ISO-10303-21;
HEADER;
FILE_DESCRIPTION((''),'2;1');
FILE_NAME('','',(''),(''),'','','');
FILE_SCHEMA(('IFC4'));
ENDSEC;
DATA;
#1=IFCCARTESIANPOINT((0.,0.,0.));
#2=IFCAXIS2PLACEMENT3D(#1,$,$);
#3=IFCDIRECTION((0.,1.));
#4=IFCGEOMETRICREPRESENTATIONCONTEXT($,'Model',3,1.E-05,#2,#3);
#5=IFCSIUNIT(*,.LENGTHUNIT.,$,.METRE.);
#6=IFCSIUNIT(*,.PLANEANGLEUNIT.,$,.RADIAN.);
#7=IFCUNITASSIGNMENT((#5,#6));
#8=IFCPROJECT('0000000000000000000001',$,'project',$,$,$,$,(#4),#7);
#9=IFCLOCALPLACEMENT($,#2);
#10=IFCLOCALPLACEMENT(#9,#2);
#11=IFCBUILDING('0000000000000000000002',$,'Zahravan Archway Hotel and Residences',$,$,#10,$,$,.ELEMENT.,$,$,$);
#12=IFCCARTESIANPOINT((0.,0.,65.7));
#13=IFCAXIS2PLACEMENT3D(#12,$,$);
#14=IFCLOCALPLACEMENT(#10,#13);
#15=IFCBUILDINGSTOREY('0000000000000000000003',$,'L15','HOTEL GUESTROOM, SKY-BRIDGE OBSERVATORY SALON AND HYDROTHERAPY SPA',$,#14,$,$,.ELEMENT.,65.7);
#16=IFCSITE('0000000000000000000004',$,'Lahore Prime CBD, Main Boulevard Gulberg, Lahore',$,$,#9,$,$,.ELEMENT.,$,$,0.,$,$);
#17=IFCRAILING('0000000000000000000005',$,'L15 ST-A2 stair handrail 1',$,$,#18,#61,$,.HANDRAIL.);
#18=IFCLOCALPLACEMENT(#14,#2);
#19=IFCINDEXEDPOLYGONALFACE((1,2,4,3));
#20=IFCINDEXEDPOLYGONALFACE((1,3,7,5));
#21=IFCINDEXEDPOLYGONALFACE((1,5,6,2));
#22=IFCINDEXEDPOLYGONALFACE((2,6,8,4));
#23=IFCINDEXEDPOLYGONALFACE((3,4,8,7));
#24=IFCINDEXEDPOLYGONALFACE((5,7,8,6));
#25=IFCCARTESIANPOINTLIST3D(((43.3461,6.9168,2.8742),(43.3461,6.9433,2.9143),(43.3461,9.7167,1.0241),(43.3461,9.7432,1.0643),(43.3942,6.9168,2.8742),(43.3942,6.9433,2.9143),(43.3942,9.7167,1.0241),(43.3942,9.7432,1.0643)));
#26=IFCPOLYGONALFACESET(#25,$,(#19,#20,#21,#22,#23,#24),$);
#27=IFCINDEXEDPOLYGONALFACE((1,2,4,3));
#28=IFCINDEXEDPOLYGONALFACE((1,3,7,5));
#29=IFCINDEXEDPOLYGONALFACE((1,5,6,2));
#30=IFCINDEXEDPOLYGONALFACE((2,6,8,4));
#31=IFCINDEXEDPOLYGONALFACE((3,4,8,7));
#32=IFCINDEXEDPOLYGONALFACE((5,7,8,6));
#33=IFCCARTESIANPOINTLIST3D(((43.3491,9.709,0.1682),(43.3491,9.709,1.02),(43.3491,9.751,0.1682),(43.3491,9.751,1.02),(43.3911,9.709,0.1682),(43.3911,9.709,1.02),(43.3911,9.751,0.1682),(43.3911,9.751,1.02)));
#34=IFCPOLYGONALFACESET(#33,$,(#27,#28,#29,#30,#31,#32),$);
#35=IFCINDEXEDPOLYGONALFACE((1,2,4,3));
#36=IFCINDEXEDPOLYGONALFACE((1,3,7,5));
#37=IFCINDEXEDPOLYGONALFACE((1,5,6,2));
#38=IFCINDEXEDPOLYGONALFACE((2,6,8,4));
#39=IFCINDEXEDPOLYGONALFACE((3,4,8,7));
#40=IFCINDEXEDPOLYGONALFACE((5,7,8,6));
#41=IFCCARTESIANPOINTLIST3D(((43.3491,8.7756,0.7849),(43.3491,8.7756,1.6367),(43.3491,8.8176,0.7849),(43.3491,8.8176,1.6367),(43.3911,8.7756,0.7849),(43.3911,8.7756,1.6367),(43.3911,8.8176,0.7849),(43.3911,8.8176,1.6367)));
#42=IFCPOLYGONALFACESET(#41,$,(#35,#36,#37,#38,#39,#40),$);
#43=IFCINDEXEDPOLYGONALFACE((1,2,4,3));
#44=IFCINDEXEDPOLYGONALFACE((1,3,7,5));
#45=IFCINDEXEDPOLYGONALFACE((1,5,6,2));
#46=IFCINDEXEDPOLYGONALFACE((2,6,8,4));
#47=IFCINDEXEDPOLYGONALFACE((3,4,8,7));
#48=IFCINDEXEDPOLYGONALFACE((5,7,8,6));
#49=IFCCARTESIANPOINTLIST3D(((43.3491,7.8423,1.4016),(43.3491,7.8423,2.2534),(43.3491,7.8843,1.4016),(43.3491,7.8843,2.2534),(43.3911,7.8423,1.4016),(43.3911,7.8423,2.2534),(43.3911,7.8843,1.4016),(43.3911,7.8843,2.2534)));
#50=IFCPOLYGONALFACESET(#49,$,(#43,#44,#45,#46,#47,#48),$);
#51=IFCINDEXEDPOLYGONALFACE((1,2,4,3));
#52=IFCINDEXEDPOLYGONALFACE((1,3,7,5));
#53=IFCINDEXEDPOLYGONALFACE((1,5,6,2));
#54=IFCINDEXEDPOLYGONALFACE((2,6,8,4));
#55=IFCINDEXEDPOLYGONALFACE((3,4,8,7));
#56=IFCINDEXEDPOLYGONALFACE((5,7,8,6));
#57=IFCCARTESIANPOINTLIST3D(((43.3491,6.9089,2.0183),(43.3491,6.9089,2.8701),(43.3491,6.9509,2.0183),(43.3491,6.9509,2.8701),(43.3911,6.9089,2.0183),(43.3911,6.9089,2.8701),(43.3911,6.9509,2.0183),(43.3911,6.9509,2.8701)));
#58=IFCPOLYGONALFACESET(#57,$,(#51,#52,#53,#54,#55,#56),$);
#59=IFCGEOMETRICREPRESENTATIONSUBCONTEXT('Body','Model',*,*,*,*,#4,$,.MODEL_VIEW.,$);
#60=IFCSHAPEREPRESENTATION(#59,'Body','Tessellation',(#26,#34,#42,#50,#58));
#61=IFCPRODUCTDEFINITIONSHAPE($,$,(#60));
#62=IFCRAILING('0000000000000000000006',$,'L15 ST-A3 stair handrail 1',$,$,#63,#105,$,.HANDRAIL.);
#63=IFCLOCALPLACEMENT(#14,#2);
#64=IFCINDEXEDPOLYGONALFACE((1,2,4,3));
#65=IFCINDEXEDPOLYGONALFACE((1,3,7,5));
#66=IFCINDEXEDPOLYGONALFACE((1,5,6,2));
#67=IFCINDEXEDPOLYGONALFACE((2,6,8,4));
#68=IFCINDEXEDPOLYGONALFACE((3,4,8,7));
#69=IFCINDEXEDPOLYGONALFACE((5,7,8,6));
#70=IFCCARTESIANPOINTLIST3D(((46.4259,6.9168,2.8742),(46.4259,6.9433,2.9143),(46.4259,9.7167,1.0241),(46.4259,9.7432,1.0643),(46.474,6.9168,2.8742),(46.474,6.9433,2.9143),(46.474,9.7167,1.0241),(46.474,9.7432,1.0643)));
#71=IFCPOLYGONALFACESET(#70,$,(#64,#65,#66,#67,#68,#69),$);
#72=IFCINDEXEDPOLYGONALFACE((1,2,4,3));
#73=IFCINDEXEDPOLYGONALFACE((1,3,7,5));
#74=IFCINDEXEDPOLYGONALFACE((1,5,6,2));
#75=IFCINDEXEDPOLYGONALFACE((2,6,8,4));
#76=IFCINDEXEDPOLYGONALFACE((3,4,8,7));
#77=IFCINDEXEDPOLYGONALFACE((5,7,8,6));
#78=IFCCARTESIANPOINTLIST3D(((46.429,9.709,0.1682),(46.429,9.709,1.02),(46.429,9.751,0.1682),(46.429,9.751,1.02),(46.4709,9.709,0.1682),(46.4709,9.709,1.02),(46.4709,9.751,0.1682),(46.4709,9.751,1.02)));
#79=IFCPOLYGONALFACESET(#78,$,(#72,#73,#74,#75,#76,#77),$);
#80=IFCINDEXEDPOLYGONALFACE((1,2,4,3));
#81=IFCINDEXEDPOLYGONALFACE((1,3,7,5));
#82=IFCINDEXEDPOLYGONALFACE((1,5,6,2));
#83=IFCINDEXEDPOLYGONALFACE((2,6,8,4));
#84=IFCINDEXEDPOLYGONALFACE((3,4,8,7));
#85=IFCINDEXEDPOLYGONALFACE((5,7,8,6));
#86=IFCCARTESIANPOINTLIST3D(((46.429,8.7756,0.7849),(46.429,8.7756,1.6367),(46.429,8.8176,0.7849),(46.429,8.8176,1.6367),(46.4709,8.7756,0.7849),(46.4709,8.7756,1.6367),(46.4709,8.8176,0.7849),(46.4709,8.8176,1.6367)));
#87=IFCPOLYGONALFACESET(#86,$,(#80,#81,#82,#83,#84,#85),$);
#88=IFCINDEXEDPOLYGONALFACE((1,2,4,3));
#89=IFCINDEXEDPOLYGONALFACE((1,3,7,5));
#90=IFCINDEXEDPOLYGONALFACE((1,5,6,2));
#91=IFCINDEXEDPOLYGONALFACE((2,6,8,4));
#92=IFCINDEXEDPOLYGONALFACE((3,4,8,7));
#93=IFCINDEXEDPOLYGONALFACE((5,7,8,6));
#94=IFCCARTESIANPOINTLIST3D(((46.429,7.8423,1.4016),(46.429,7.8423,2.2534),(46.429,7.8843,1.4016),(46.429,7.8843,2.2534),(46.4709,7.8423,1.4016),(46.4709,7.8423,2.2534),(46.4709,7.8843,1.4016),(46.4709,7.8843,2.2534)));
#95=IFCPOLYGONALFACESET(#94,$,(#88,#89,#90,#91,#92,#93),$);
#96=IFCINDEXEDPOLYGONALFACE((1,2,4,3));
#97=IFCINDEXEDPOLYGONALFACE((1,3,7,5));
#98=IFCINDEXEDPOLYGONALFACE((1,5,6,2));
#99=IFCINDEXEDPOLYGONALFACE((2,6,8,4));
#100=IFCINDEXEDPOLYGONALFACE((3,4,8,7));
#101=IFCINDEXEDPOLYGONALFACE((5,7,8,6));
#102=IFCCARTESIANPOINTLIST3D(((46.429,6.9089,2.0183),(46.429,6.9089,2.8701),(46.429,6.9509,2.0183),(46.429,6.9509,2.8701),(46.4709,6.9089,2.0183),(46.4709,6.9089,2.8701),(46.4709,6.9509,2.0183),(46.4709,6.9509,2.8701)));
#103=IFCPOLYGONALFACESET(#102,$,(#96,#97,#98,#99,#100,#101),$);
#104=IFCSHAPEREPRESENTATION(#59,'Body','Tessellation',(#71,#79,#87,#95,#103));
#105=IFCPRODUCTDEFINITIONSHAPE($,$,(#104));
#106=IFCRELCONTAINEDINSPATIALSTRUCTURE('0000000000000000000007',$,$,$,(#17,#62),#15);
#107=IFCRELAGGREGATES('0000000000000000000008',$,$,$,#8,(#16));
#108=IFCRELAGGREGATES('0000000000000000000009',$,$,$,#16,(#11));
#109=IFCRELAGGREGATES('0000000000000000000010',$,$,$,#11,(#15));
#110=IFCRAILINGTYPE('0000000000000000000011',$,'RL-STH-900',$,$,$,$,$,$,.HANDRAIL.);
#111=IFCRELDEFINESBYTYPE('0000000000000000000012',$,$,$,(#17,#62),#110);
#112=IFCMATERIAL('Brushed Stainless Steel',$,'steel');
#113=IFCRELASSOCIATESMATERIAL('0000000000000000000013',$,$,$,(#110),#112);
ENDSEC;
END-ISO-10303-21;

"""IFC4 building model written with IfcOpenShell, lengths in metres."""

from ifc_helpers import new_model, si_unit, direction, frame, origin, origin_2d, place, context, subcontext, project, spatial, rectangle, extrude, material, type_object, element, save


model = new_model("IFC4")

# Units and contexts
model_context = context("Model", 3, precision=1e-05, world=origin(), true_north=direction((0.0, 1.0)))
body_context = subcontext(model_context, "Body", "Model", "MODEL_VIEW")
ifc_project = project(units=[si_unit("LENGTHUNIT", "METRE"), si_unit("PLANEANGLEUNIT", "RADIAN")], contexts=[model_context])

# Site, building, storey
site_placement = place(None, origin())
site = spatial("IfcSite", under=ifc_project, at=site_placement, Name="Lahore Prime CBD, Main Boulevard Gulberg, Lahore", CompositionType="ELEMENT", RefElevation=0.0)
building_placement = place(site_placement, origin())
building = spatial("IfcBuilding", under=site, at=building_placement, Name="Zahravan Archway Hotel and Residences", CompositionType="ELEMENT")
storey_placement = place(building_placement, frame((0.0, 0.0, 65.7)))
storey = spatial("IfcBuildingStorey", under=building, at=storey_placement, Name="L15", Description="HOTEL GUESTROOM, SKY-BRIDGE OBSERVATORY SALON AND HYDROTHERAPY SPA", CompositionType="ELEMENT", Elevation=65.7)

# Railings
ifc_material_1 = material(Name="Brushed Stainless Steel", Category="steel")
railing_type_1 = type_object("IfcRailingType", Name="RL-STH-900", PredefinedType="HANDRAIL", material=ifc_material_1)
for number, where, name in (
    (1, (43.3701, 9.73, 0.1682), "L15 ST-A2 stair handrail 1"),
    (2, (46.45, 9.73, 0.1682), "L15 ST-A3 stair handrail 1"),
):
    element("IfcRailing", number, at=place(storey_placement, frame(where)), inside=storey, type_object=railing_type_1, Name=name, PredefinedType="HANDRAIL", context=body_context, shape_type="SweptSolid", body=[
        extrude(rectangle(XDim=0.0481, YDim=0.0481, at=origin_2d()), frame((0.0, 0.0, 0.876), z_axis=(0.0, -0.834326, 0.551271), x_axis=(1.0, 0.0, 0.0)), (0.0, 0.0, 1.0), 3.356),
        extrude(rectangle(XDim=0.042, YDim=0.042, at=origin_2d()), origin(), (0.0, 0.0, 1.0), 0.8518),
        extrude(rectangle(XDim=0.042, YDim=0.042, at=origin_2d()), frame((0.0, -0.9333, 0.6167)), (0.0, 0.0, 1.0), 0.8518),
        extrude(rectangle(XDim=0.042, YDim=0.042, at=origin_2d()), frame((0.0, -1.8667, 1.2334)), (0.0, 0.0, 1.0), 0.8518),
        extrude(rectangle(XDim=0.042, YDim=0.042, at=origin_2d()), frame((0.0, -2.8, 1.8501)), (0.0, 0.0, 1.0), 0.8518),
    ])

save(model, "model.ifc")
